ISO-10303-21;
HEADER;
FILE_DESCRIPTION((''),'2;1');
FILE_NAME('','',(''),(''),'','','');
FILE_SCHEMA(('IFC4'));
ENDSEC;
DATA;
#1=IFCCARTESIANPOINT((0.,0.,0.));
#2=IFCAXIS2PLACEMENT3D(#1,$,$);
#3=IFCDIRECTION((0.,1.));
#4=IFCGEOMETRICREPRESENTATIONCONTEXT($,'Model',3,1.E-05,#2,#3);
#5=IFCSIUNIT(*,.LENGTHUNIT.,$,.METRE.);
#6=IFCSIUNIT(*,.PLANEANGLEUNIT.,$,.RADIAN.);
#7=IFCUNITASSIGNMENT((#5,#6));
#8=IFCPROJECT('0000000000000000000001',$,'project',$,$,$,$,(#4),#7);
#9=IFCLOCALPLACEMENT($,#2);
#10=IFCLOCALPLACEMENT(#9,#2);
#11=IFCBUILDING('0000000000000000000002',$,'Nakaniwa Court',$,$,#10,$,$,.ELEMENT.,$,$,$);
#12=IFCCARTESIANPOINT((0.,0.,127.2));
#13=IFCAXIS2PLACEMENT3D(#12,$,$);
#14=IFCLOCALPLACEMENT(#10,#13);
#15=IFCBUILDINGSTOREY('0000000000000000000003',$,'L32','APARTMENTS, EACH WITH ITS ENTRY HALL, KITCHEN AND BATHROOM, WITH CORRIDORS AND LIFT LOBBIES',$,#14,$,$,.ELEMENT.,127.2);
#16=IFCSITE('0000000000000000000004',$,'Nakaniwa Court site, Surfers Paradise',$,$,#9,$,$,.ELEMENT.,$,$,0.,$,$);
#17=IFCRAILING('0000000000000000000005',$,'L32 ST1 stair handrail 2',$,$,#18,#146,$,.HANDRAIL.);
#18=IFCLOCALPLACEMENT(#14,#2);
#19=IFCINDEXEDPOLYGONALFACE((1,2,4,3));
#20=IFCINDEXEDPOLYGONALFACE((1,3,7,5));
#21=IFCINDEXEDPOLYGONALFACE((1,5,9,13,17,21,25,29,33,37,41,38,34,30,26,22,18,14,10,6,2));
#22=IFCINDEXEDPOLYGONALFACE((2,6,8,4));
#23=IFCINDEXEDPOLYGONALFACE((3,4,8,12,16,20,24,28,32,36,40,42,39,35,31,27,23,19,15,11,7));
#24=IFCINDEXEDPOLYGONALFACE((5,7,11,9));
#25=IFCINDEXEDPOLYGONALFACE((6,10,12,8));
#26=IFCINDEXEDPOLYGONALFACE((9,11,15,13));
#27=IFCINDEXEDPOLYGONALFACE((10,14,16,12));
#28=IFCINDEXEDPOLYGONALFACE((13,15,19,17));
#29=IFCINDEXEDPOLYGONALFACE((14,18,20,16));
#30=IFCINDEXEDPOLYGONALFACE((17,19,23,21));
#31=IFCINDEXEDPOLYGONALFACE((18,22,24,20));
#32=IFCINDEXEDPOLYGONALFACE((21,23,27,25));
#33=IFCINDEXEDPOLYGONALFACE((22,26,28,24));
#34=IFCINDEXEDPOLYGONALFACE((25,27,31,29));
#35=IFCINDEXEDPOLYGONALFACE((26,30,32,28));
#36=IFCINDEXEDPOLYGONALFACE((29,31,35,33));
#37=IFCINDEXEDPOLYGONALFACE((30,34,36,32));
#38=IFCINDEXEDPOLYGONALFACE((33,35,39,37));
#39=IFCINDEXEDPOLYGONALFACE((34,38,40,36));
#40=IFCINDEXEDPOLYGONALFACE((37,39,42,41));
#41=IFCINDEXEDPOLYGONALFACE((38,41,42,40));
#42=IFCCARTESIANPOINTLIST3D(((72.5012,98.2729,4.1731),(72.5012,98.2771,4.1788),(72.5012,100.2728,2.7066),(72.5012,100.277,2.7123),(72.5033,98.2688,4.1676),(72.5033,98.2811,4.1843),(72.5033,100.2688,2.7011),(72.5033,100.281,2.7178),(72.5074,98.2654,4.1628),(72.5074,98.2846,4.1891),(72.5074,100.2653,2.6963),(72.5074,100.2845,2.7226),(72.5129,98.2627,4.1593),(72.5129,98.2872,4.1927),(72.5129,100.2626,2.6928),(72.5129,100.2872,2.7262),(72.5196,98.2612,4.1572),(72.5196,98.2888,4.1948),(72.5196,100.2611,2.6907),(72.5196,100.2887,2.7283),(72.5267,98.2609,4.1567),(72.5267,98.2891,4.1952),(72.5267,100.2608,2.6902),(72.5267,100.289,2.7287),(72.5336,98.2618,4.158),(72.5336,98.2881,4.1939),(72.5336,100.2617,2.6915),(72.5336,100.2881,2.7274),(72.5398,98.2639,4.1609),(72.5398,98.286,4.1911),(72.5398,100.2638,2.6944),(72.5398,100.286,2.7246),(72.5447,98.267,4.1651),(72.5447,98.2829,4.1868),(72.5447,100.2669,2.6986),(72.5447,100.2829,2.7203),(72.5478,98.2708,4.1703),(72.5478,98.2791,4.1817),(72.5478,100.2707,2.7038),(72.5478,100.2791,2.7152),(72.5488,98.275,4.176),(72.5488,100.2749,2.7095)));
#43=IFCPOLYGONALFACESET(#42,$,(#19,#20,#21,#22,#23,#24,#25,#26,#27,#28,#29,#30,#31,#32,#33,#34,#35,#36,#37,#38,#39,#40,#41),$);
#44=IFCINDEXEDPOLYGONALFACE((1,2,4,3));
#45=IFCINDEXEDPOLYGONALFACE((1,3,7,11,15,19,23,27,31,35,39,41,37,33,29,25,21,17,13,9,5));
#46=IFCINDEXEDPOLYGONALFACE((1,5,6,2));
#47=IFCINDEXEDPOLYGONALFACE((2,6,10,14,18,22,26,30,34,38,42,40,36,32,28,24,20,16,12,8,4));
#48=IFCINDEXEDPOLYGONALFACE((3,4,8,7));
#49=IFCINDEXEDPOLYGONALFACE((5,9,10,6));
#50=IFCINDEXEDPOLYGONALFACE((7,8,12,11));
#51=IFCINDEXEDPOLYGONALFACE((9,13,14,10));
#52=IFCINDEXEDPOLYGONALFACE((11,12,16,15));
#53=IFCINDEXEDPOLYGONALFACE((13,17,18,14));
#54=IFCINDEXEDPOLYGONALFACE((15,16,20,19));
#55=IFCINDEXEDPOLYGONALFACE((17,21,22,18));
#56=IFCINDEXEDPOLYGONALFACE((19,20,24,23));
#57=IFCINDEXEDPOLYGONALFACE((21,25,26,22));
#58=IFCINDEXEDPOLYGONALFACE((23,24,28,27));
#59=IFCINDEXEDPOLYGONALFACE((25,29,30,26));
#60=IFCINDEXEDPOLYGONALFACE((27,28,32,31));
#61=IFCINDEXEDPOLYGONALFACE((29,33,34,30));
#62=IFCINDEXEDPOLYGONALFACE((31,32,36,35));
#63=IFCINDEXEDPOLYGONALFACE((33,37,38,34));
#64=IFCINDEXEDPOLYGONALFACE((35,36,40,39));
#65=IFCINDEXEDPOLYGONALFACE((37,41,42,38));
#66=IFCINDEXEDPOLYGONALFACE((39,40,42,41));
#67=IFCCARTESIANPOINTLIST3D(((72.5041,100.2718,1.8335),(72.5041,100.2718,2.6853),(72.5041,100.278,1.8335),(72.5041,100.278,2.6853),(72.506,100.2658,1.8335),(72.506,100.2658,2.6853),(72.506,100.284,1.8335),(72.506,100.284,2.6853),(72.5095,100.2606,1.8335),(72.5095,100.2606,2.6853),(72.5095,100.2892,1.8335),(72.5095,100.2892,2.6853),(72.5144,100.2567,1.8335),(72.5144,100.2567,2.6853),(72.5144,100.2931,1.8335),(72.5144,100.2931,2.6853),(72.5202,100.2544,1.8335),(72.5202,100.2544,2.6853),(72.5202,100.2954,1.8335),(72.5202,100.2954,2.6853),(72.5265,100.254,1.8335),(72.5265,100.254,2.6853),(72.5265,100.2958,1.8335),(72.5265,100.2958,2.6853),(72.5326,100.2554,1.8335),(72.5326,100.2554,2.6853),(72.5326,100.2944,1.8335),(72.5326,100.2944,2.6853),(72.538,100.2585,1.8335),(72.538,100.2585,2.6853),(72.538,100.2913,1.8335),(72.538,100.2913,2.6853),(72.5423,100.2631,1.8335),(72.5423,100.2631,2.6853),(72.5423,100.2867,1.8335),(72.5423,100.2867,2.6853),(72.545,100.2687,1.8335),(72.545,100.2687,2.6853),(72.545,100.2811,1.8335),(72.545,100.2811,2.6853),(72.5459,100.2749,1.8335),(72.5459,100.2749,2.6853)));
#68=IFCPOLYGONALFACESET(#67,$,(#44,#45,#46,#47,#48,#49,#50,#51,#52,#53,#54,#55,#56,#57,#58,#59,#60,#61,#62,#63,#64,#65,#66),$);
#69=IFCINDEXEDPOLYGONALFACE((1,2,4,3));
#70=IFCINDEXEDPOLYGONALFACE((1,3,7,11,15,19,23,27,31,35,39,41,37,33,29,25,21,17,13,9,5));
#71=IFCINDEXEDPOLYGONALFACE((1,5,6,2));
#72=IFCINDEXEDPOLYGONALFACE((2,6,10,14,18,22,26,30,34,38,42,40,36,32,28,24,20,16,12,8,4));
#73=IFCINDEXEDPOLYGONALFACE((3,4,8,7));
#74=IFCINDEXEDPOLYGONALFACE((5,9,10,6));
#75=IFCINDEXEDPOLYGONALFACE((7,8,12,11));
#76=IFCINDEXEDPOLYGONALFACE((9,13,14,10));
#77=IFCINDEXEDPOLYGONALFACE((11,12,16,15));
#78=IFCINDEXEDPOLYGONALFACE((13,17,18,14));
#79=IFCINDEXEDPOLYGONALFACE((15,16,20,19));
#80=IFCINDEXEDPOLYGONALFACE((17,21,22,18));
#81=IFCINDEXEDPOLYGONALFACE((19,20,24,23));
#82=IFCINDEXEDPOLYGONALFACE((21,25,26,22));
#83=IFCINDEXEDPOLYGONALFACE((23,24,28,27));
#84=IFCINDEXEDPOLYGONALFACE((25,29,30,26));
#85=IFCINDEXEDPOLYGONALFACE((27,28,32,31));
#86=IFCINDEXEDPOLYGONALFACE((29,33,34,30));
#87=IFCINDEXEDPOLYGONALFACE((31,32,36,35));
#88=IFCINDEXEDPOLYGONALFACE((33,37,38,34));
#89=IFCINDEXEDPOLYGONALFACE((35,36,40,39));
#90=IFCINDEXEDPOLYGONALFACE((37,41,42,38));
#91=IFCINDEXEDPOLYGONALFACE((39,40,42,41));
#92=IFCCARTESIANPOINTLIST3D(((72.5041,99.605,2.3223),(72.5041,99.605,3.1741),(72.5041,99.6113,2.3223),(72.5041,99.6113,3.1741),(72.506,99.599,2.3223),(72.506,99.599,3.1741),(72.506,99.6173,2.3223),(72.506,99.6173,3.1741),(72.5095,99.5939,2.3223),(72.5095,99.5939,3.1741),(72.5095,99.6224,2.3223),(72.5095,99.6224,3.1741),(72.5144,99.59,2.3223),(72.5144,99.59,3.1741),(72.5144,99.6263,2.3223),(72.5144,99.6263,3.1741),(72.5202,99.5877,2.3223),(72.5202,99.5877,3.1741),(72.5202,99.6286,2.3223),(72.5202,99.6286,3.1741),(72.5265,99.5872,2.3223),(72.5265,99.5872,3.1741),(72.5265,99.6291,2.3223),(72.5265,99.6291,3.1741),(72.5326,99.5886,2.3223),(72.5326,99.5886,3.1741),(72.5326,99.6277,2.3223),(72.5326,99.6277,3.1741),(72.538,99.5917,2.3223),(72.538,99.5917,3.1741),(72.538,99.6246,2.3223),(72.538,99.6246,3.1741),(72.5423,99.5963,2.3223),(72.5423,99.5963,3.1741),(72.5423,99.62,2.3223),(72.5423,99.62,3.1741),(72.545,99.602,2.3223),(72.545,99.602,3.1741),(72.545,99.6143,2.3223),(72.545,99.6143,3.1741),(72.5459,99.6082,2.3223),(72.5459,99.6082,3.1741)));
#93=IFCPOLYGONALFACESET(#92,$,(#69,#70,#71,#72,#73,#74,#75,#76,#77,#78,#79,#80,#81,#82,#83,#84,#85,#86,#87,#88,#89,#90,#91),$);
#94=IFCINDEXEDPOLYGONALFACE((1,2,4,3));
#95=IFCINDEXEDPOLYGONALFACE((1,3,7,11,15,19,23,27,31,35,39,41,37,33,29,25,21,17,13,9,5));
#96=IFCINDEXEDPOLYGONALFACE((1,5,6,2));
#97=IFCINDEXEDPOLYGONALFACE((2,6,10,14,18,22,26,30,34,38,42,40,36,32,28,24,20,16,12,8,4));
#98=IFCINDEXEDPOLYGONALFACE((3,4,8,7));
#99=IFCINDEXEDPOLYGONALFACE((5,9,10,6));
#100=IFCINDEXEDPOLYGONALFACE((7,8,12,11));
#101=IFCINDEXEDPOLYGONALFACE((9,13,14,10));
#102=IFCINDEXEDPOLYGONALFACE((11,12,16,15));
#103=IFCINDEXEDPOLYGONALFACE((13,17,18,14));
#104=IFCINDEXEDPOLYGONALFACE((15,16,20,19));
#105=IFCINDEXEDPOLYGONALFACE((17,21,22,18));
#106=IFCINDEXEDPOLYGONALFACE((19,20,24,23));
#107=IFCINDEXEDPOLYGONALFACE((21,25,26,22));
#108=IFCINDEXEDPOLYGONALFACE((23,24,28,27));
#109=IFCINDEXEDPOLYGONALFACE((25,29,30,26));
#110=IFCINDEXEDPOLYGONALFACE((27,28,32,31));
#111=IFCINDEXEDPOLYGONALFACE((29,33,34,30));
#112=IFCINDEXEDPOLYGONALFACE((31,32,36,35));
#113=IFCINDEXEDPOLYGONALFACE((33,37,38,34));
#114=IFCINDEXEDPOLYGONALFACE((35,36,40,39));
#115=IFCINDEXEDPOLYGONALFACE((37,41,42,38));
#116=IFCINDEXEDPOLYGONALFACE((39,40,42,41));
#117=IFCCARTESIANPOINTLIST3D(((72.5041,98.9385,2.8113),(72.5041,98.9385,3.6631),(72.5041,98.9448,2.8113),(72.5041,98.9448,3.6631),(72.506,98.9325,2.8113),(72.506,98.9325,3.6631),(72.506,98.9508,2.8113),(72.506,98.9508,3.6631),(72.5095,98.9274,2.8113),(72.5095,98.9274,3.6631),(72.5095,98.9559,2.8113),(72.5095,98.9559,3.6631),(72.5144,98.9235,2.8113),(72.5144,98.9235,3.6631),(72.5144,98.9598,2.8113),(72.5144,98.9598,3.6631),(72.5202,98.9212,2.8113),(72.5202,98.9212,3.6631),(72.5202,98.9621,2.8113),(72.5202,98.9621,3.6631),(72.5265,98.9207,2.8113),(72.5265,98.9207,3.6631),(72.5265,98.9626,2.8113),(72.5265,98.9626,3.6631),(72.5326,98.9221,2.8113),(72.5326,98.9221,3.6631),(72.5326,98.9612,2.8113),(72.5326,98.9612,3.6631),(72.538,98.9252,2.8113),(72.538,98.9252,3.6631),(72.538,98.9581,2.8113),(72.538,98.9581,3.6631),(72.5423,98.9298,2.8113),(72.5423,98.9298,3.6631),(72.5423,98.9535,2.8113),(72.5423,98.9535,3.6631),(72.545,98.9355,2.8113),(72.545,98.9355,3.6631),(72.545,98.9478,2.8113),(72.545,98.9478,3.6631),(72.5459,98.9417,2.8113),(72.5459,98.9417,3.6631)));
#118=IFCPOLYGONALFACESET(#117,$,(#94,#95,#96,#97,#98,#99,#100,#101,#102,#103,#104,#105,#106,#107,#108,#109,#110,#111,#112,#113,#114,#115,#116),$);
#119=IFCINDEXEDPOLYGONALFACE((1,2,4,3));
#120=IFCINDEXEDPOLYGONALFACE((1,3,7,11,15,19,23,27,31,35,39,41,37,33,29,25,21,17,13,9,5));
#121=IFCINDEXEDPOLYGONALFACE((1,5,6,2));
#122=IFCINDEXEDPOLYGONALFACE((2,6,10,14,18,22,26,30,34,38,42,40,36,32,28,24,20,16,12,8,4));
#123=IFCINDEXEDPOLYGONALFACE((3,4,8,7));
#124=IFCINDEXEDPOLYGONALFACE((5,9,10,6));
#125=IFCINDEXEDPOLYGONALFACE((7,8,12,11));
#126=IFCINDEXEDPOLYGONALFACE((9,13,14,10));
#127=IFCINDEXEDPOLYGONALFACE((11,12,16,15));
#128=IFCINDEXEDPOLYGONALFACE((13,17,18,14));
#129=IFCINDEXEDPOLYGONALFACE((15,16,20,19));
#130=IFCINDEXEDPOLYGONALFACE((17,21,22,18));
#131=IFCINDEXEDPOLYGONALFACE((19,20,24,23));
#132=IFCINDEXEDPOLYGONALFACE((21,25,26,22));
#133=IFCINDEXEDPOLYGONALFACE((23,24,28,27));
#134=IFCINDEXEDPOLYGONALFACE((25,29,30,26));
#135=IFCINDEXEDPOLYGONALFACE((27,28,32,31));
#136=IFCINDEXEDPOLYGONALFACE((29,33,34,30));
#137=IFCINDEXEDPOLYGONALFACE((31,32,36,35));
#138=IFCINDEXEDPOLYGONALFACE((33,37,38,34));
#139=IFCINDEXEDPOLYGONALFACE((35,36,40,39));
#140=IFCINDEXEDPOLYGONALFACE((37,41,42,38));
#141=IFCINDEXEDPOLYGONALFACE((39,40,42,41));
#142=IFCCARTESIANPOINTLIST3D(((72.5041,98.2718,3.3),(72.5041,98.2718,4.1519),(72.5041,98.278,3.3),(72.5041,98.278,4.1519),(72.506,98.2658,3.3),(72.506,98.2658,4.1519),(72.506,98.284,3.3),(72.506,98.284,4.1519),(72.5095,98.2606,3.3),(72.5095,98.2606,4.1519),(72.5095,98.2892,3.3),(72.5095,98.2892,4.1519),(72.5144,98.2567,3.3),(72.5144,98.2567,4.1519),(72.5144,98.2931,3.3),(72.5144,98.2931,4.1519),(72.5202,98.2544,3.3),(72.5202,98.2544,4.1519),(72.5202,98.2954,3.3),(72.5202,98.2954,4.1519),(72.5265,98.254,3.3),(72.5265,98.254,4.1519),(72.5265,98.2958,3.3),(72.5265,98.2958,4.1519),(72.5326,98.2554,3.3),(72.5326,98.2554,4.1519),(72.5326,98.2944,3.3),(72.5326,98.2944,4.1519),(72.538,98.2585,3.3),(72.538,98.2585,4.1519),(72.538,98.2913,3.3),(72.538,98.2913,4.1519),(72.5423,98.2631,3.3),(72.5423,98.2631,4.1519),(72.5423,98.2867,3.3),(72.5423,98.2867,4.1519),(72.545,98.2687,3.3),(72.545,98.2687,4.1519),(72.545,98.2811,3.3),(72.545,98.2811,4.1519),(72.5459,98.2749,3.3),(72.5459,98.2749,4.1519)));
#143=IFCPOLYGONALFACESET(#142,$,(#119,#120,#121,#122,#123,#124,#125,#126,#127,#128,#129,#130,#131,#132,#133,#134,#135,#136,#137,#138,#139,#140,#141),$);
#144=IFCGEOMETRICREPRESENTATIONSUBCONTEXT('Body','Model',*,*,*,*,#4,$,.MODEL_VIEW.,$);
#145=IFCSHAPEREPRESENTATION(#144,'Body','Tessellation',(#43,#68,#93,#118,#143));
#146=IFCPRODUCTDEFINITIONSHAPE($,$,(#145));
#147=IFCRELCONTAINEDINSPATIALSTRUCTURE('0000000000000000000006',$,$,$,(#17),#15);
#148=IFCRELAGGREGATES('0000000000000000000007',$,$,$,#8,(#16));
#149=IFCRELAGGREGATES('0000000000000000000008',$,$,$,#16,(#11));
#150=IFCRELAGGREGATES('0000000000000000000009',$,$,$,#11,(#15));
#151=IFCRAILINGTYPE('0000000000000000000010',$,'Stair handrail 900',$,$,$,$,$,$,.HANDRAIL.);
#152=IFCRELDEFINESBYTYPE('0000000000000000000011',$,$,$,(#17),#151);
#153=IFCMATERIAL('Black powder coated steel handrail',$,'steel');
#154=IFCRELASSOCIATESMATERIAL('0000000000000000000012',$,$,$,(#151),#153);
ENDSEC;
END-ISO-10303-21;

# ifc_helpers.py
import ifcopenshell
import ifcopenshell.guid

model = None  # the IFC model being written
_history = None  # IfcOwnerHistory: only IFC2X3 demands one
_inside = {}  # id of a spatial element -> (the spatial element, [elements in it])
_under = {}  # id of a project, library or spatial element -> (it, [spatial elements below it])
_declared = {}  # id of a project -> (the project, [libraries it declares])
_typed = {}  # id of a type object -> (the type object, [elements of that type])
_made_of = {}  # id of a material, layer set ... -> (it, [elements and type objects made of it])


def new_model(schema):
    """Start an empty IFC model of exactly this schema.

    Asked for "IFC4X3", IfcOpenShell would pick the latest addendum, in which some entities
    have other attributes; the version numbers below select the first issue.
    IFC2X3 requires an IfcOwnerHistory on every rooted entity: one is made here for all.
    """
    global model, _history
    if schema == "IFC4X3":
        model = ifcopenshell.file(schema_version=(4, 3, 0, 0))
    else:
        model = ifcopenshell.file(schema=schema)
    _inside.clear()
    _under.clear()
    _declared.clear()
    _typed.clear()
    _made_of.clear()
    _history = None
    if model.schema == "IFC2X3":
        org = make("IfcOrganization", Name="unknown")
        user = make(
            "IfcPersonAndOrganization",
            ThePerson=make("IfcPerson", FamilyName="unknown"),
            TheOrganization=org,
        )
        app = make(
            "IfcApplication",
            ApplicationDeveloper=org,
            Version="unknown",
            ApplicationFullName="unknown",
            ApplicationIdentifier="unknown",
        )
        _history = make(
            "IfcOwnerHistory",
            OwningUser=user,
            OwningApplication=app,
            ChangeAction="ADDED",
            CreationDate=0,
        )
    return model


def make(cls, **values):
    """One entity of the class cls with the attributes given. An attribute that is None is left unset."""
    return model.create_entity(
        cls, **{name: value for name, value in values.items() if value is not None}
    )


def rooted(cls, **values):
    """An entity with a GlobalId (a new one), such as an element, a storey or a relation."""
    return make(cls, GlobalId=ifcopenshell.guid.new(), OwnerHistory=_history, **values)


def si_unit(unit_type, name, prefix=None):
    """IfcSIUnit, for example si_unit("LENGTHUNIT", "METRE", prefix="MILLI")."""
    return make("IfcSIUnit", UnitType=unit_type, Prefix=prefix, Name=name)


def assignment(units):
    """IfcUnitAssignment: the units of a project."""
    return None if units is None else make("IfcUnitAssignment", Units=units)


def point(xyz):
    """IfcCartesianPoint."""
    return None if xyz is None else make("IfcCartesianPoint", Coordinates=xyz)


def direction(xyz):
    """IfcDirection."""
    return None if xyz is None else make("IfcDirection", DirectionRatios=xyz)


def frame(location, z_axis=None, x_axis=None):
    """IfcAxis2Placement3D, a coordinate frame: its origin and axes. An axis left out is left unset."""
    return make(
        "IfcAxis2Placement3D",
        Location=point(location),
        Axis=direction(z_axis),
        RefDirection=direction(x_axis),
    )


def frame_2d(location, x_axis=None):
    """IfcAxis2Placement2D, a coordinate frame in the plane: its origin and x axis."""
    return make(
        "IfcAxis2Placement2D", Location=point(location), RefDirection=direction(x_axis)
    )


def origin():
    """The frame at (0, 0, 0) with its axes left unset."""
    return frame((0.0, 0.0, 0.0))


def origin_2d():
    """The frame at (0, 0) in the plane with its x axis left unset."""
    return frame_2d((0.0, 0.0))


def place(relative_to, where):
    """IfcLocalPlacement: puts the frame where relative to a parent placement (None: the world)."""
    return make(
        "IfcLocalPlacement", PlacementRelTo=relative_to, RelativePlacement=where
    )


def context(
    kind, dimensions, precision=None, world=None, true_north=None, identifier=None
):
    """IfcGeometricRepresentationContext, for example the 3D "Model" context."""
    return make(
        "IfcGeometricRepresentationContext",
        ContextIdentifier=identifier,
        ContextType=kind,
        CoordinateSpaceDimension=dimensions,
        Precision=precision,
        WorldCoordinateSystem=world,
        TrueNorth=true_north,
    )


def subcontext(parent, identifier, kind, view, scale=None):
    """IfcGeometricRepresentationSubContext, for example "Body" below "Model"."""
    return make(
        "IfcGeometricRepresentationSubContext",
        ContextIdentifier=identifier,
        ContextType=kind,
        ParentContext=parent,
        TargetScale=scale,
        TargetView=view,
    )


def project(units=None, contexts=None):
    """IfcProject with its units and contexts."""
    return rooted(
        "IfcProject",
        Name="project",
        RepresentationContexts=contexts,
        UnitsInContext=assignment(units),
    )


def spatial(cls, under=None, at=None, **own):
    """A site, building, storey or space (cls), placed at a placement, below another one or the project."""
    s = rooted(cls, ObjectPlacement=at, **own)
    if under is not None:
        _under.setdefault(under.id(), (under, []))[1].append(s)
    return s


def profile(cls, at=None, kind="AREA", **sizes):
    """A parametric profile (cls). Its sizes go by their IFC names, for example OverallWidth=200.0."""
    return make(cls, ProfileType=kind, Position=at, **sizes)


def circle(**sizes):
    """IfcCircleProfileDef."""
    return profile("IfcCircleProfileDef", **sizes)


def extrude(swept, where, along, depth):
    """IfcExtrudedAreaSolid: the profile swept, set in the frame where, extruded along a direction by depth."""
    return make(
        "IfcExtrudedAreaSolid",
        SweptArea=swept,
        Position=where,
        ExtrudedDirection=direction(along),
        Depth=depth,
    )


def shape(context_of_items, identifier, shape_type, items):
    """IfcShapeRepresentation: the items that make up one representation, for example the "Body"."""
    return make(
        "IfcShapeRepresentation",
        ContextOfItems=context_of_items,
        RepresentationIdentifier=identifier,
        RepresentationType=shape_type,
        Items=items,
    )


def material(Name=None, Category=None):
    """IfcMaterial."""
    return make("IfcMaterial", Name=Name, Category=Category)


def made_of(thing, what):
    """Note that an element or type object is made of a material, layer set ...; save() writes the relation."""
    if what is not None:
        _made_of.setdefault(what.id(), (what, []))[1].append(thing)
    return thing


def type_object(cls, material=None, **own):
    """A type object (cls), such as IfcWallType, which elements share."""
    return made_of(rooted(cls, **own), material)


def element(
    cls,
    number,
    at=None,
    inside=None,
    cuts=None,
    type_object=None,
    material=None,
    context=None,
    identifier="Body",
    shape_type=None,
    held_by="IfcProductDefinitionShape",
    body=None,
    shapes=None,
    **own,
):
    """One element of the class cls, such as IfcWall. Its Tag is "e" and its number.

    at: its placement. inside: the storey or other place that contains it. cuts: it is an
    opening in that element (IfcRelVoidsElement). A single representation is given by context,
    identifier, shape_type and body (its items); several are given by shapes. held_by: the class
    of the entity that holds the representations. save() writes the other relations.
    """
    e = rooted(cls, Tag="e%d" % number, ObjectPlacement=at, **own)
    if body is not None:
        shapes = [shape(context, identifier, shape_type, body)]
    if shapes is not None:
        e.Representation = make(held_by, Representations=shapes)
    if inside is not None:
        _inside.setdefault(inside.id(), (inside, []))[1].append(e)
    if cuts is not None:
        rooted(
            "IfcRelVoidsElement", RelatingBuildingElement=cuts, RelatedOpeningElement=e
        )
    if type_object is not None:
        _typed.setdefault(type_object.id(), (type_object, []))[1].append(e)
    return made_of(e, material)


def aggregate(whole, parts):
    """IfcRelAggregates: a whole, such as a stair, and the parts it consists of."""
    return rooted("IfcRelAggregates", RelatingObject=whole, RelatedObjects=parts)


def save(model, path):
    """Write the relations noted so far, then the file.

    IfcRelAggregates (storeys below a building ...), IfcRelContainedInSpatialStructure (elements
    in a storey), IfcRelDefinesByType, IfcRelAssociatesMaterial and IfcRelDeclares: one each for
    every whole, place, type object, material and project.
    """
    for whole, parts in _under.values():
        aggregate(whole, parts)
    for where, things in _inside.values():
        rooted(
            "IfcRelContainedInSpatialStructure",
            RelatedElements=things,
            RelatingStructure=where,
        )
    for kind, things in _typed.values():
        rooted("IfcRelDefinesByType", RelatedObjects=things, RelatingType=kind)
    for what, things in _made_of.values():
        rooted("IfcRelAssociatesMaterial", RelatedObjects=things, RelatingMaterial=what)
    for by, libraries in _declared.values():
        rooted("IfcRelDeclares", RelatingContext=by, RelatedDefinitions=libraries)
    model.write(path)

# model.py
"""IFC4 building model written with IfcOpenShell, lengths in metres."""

from ifc_helpers import new_model, si_unit, direction, frame, origin, origin_2d, place, context, subcontext, project, spatial, circle, extrude, material, type_object, element, save


model = new_model("IFC4")

# Units and contexts
model_context = context("Model", 3, precision=1e-05, world=origin(), true_north=direction((0.0, 1.0)))
body_context = subcontext(model_context, "Body", "Model", "MODEL_VIEW")
ifc_project = project(units=[si_unit("LENGTHUNIT", "METRE"), si_unit("PLANEANGLEUNIT", "RADIAN")], contexts=[model_context])

# Site, building, storey
site_placement = place(None, origin())
site = spatial("IfcSite", under=ifc_project, at=site_placement, Name="Nakaniwa Court site, Surfers Paradise", CompositionType="ELEMENT", RefElevation=0.0)
building_placement = place(site_placement, origin())
building = spatial("IfcBuilding", under=site, at=building_placement, Name="Nakaniwa Court", CompositionType="ELEMENT")
storey_placement = place(building_placement, frame((0.0, 0.0, 127.2)))
storey = spatial("IfcBuildingStorey", under=building, at=storey_placement, Name="L32", Description="APARTMENTS, EACH WITH ITS ENTRY HALL, KITCHEN AND BATHROOM, WITH CORRIDORS AND LIFT LOBBIES", CompositionType="ELEMENT", Elevation=127.2)

# Railing
ifc_material_1 = material(Name="Black powder coated steel handrail", Category="steel")
railing_type_1 = type_object("IfcRailingType", Name="Stair handrail 900", PredefinedType="HANDRAIL", material=ifc_material_1)
railing_1_placement = place(storey_placement, frame((72.5249, 100.2749, 1.8335)))
element("IfcRailing", 1, at=railing_1_placement, inside=storey, type_object=railing_type_1, Name="L32 ST1 stair handrail 2", PredefinedType="HANDRAIL", context=body_context, shape_type="SweptSolid", body=[
    extrude(circle(Radius=0.0239, at=origin_2d()), frame((0.0, 0.0, 0.876), z_axis=(0.0, -0.806427, 0.591334), x_axis=(1.0, 0.0, 0.0)), (0.0, 0.0, 1.0), 2.48),
    extrude(circle(Radius=0.021, at=origin_2d()), origin(), (0.0, 0.0, 1.0), 0.8518),
    extrude(circle(Radius=0.021, at=origin_2d()), frame((0.0, -0.6667, 0.4888)), (0.0, 0.0, 1.0), 0.8518),
    extrude(circle(Radius=0.021, at=origin_2d()), frame((0.0, -1.3333, 0.9778)), (0.0, 0.0, 1.0), 0.8518),
    extrude(circle(Radius=0.021, at=origin_2d()), frame((0.0, -2.0, 1.4666)), (0.0, 0.0, 1.0), 0.8518),
])

save(model, "model.ifc")
